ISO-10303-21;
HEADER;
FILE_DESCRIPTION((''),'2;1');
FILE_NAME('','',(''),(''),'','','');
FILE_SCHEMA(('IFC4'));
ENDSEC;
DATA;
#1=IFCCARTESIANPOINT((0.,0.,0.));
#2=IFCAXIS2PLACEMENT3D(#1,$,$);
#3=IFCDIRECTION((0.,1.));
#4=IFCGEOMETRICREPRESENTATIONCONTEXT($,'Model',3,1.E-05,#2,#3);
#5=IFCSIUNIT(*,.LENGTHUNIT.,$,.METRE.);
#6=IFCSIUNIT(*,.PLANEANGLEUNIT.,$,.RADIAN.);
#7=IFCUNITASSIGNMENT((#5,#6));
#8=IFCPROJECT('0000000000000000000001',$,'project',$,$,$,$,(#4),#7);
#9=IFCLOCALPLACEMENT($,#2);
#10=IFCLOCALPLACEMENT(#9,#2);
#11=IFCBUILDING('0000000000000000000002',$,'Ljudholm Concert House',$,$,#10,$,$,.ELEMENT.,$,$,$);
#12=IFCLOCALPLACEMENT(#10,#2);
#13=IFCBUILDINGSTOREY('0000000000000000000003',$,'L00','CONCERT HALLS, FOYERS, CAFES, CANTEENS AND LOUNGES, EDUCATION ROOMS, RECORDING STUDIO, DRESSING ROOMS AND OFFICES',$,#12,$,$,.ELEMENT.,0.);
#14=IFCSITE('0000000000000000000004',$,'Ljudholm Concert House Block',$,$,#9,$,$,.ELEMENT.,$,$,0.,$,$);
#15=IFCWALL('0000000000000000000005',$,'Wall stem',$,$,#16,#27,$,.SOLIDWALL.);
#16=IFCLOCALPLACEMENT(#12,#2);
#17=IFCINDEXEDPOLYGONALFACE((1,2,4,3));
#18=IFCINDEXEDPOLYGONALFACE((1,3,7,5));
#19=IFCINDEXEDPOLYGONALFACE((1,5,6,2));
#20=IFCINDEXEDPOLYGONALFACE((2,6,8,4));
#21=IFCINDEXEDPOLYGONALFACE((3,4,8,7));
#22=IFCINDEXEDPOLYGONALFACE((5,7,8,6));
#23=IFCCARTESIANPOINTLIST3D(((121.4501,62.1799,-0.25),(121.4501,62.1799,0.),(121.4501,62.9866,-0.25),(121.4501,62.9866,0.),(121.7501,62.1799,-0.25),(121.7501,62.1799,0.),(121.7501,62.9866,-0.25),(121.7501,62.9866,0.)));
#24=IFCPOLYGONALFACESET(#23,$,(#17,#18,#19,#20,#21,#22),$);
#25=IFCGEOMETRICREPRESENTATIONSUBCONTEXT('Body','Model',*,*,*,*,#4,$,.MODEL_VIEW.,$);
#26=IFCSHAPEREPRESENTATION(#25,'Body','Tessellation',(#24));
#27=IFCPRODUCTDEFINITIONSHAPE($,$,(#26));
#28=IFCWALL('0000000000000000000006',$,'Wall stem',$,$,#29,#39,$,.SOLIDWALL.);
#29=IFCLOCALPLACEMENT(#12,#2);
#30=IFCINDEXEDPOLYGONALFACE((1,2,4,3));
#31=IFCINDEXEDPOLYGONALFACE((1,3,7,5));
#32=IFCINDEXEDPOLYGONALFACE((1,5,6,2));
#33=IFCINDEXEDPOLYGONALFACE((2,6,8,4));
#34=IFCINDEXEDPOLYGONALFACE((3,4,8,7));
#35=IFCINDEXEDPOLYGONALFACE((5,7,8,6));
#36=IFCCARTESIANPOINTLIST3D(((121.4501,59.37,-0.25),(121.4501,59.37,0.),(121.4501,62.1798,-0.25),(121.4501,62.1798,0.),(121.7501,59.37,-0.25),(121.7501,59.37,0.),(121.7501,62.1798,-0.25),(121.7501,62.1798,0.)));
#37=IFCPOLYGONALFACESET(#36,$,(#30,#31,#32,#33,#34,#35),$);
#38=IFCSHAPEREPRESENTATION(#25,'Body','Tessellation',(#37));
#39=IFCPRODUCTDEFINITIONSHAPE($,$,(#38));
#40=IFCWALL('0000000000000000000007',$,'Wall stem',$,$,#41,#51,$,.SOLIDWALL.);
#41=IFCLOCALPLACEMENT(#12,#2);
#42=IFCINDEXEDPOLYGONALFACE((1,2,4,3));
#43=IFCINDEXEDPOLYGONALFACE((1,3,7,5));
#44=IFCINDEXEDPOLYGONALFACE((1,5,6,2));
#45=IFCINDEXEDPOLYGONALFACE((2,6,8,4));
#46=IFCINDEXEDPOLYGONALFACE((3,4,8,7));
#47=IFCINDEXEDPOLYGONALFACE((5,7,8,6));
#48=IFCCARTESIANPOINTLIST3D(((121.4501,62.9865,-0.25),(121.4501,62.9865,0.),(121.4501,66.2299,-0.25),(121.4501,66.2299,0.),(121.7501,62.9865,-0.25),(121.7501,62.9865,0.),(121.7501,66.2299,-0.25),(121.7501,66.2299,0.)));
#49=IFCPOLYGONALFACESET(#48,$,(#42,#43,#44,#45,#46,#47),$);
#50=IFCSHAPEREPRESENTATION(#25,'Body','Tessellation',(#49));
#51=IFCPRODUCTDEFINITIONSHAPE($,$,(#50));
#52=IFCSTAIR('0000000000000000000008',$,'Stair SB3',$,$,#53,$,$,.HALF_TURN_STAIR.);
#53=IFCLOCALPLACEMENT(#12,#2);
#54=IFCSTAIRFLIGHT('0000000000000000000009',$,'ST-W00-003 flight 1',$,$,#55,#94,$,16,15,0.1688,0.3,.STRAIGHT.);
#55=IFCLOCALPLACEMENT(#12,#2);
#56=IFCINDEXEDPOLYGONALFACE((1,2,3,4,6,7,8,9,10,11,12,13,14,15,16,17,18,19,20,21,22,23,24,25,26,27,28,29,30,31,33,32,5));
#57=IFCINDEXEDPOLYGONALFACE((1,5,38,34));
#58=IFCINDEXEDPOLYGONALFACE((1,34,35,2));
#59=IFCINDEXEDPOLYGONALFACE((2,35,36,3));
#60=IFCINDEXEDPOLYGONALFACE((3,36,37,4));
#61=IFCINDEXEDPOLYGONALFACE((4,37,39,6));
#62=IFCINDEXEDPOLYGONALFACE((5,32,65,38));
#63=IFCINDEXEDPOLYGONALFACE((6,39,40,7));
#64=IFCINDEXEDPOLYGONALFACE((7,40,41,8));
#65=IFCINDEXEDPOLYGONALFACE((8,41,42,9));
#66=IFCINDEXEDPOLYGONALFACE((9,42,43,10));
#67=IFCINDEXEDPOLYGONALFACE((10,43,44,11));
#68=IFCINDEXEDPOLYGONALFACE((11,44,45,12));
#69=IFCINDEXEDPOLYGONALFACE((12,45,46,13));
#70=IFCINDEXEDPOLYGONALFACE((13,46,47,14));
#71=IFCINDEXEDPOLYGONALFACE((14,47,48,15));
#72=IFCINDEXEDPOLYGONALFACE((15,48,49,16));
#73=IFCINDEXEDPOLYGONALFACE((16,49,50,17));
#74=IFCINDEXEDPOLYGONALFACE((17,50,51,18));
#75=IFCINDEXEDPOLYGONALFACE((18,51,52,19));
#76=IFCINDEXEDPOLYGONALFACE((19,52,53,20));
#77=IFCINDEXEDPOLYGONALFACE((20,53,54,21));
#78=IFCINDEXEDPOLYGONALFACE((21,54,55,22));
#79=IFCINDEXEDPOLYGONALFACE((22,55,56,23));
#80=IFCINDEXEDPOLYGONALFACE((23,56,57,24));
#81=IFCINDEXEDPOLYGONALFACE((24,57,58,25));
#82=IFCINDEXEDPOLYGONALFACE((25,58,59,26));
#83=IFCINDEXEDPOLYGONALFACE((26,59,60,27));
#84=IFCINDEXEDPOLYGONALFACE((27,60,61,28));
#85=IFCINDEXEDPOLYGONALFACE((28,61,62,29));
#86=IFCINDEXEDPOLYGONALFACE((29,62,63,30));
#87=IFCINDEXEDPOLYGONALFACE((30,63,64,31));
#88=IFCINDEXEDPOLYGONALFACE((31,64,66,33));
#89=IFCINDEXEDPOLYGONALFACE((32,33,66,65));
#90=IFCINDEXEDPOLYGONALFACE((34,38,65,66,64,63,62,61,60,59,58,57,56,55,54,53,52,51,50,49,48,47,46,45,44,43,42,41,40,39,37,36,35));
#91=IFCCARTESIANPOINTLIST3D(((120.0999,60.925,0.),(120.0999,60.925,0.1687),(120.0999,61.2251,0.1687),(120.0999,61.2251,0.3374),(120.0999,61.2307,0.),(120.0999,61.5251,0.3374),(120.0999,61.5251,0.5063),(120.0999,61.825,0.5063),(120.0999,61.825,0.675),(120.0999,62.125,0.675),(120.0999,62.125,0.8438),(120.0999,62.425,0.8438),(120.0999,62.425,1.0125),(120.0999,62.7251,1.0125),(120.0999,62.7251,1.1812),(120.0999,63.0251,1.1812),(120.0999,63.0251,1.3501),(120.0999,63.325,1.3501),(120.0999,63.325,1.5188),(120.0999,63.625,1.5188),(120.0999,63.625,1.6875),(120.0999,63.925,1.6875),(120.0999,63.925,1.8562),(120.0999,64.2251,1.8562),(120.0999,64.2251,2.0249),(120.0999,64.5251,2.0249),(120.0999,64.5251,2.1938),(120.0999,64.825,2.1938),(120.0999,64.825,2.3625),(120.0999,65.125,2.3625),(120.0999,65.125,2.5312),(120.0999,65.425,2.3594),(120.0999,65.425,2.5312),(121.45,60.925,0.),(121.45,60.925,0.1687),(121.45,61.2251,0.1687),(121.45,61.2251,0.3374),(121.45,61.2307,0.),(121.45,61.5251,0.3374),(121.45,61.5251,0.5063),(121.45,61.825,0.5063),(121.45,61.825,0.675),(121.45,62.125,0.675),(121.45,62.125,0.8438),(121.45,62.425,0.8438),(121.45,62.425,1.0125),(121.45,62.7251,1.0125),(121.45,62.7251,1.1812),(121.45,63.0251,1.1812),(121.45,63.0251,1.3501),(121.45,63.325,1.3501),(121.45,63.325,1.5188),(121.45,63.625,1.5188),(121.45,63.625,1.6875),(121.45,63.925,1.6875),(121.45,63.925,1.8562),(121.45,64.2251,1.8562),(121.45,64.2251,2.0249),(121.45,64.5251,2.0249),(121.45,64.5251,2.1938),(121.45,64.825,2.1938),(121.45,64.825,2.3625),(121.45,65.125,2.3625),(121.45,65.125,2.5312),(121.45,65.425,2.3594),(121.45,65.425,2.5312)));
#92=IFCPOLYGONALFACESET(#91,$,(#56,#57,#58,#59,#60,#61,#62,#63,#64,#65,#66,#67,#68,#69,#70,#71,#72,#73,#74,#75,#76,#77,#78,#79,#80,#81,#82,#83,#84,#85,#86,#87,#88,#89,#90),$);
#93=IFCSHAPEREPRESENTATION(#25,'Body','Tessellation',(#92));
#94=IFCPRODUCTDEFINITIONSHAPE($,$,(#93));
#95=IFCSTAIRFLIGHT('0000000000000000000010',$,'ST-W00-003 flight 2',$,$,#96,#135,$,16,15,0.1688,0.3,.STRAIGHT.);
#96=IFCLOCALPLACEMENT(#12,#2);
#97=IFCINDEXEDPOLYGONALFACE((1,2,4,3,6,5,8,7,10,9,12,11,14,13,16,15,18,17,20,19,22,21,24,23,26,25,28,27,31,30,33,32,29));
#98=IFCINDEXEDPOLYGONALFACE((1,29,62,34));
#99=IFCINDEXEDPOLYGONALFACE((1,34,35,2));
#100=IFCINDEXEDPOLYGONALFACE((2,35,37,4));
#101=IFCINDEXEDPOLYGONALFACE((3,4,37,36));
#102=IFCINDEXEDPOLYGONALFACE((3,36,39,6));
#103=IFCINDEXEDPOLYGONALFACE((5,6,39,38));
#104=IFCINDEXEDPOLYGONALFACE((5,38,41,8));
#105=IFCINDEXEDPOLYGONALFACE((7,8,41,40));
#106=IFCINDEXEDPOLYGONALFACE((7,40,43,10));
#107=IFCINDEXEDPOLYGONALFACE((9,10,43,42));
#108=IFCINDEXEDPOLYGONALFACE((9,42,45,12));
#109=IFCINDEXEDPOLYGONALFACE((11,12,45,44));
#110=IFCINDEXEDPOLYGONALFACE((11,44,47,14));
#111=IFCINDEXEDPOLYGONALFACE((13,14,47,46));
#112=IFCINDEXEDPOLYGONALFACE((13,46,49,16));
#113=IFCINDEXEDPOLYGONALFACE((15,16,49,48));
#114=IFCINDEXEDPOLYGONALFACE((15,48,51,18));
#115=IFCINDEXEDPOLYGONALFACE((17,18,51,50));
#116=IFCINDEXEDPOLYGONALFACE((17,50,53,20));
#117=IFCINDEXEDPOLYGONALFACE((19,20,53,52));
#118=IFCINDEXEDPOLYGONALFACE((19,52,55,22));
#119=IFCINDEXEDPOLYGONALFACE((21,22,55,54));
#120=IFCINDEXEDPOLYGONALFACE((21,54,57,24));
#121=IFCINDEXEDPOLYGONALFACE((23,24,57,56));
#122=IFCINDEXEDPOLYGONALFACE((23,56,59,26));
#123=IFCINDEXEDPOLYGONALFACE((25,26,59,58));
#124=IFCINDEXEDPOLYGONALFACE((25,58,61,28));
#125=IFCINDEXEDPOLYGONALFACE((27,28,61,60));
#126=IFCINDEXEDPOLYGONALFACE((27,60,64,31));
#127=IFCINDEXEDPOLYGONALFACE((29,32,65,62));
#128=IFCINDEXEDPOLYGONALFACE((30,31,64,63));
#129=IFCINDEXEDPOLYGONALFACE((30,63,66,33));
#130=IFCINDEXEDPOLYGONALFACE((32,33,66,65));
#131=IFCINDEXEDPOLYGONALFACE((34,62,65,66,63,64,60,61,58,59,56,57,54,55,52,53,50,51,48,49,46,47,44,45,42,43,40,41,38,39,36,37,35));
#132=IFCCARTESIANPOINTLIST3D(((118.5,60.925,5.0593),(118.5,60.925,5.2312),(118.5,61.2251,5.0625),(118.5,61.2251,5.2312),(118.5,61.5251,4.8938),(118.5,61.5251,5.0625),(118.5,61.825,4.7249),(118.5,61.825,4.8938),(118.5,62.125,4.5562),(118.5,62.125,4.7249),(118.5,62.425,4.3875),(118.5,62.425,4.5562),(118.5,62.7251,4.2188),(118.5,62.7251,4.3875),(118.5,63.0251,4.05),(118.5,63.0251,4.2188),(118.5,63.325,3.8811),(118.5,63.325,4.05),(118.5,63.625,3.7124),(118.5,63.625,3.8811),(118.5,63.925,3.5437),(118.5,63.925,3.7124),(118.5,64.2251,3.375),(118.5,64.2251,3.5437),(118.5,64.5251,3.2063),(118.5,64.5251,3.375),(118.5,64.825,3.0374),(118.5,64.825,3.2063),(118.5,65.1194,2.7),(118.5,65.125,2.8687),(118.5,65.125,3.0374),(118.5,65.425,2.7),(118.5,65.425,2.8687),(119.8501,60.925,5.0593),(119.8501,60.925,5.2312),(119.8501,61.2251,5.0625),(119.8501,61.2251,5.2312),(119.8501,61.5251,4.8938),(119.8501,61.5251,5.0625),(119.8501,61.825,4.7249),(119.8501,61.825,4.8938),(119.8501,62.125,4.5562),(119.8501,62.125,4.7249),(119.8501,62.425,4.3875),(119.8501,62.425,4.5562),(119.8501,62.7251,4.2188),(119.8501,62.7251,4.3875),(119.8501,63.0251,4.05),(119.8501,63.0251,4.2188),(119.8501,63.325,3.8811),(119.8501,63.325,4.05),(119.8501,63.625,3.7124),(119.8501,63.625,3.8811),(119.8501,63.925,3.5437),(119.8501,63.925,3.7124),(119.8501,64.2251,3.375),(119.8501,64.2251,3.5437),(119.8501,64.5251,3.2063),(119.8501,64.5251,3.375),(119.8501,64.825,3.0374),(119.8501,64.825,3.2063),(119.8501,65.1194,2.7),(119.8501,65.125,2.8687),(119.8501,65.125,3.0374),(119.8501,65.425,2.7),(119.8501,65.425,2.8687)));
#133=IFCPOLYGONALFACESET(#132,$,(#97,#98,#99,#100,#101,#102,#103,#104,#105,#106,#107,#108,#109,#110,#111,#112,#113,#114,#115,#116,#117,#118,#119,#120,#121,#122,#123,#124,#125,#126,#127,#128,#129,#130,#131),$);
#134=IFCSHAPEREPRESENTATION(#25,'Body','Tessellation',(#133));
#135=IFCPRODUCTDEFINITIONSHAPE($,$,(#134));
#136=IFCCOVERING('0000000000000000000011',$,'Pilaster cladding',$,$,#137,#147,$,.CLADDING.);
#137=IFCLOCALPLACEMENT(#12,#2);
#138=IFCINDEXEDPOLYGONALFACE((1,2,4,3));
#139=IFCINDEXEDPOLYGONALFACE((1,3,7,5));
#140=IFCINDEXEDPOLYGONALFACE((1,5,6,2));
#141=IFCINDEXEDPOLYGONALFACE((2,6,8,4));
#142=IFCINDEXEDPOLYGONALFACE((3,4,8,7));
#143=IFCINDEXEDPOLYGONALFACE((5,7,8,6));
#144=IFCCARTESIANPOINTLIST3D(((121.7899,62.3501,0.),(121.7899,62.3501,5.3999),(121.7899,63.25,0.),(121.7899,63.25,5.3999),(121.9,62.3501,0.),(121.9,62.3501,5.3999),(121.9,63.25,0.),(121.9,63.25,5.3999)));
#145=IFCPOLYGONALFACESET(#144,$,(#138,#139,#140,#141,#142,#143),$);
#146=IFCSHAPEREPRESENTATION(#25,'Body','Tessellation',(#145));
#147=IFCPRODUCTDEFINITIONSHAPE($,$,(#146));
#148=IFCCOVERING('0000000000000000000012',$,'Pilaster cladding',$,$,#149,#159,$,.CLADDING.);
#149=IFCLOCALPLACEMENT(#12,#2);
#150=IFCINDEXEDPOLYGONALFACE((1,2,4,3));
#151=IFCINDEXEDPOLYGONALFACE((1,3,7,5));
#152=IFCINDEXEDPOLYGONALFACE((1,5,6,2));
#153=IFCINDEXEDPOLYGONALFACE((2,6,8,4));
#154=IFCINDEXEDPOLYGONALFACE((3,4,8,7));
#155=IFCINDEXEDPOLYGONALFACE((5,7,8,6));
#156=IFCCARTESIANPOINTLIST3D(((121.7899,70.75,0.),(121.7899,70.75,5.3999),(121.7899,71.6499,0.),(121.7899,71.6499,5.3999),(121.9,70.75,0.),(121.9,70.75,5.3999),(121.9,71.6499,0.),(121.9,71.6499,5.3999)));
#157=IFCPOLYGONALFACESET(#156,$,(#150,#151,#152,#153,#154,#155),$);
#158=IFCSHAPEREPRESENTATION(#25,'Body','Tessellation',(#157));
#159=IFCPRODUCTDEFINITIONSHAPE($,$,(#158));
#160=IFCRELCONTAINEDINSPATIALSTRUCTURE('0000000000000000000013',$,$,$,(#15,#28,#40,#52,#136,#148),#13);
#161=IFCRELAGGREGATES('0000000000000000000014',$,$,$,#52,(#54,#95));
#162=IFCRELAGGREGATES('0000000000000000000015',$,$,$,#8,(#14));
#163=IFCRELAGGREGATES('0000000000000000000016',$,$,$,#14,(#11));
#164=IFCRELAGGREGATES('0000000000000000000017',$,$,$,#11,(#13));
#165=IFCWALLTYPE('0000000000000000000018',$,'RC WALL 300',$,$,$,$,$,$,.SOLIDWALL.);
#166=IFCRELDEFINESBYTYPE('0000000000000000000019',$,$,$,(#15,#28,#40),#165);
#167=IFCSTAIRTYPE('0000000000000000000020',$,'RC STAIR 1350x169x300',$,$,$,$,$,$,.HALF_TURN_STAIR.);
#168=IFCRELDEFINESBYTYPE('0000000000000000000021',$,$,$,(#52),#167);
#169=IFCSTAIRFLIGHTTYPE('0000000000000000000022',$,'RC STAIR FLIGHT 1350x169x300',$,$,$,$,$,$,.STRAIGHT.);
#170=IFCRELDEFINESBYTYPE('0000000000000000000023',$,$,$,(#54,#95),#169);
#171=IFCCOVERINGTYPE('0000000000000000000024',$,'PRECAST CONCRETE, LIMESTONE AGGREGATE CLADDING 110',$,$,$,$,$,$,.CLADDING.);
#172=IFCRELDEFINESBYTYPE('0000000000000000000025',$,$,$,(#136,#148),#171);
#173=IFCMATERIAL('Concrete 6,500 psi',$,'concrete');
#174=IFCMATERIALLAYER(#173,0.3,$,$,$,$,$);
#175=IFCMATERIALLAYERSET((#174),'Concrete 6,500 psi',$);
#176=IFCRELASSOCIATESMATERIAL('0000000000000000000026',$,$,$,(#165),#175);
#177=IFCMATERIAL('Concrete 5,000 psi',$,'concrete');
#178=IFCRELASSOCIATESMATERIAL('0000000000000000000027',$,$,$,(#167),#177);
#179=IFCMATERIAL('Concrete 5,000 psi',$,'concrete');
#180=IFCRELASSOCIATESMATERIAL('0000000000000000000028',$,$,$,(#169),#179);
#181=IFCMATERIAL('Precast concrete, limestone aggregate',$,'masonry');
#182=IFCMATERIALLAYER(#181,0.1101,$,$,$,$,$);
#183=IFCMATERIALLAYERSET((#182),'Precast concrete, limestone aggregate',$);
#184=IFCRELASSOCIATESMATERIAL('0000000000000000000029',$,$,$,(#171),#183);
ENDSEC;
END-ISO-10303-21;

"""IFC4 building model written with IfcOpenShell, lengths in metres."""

from ifc_helpers import new_model, si_unit, direction, frame, frame_2d, origin, origin_2d, place, context, subcontext, project, spatial, polyline, rectangle, outline, extrude, material, layer, layer_set, type_object, element, aggregate, save


model = new_model("IFC4")

# Units and contexts
model_context = context("Model", 3, precision=1e-05, world=origin(), true_north=direction((0.0, 1.0)))
body_context = subcontext(model_context, "Body", "Model", "MODEL_VIEW")
ifc_project = project(units=[si_unit("LENGTHUNIT", "METRE"), si_unit("PLANEANGLEUNIT", "RADIAN")], contexts=[model_context])

# Site, building, storey
site_placement = place(None, origin())
site = spatial("IfcSite", under=ifc_project, at=site_placement, Name="Ljudholm Concert House Block", CompositionType="ELEMENT", RefElevation=0.0)
building_placement = place(site_placement, origin())
building = spatial("IfcBuilding", under=site, at=building_placement, Name="Ljudholm Concert House", CompositionType="ELEMENT")
storey_placement = place(building_placement, origin())
storey = spatial("IfcBuildingStorey", under=building, at=storey_placement, Name="L00", Description="CONCERT HALLS, FOYERS, CAFES, CANTEENS AND LOUNGES, EDUCATION ROOMS, RECORDING STUDIO, DRESSING ROOMS AND OFFICES", CompositionType="ELEMENT", Elevation=0.0)

# Walls
ifc_material_1 = material(Name="Concrete 6,500 psi", Category="concrete")
ifc_layer_1 = layer(ifc_material_1, 0.3)
ifc_layer_set_1 = layer_set([ifc_layer_1], Name="Concrete 6,500 psi")
wall_type_1 = type_object("IfcWallType", Name="RC WALL 300", PredefinedType="SOLIDWALL", material=ifc_layer_set_1)
wall_1_placement = place(storey_placement, frame((121.6001, 62.1799, -0.25), z_axis=(0.0, 0.0, 1.0), x_axis=(0.0, 1.0, 0.0)))
element("IfcWall", 1, at=wall_1_placement, inside=storey, type_object=wall_type_1, Name="Wall stem", PredefinedType="SOLIDWALL", context=body_context, shape_type="SweptSolid", body=[
    extrude(rectangle(XDim=0.8066, YDim=0.3, at=frame_2d((0.4033, 0.0))), origin(), (0.0, 0.0, 1.0), 0.25),
])
wall_2_placement = place(storey_placement, frame((121.6001, 59.3701, -0.25), z_axis=(0.0, 0.0, 1.0), x_axis=(0.0, 1.0, 0.0)))
element("IfcWall", 2, at=wall_2_placement, inside=storey, type_object=wall_type_1, Name="Wall stem", PredefinedType="SOLIDWALL", context=body_context, shape_type="SweptSolid", body=[
    extrude(rectangle(XDim=2.8098, YDim=0.3, at=frame_2d((1.4048, 0.0))), origin(), (0.0, 0.0, 1.0), 0.25),
])
wall_3_placement = place(storey_placement, frame((121.6001, 62.9866, -0.25), z_axis=(0.0, 0.0, 1.0), x_axis=(0.0, 1.0, 0.0)))
element("IfcWall", 3, at=wall_3_placement, inside=storey, type_object=wall_type_1, Name="Wall stem", PredefinedType="SOLIDWALL", context=body_context, shape_type="SweptSolid", body=[
    extrude(rectangle(XDim=3.2434, YDim=0.3, at=frame_2d((1.6216, 0.0))), origin(), (0.0, 0.0, 1.0), 0.25),
])

# Stair, stair flights
ifc_material_2 = material(Name="Concrete 5,000 psi", Category="concrete")
stair_type = type_object("IfcStairType", Name="RC STAIR 1350x169x300", PredefinedType="HALF_TURN_STAIR", material=ifc_material_2)
stair_placement = place(storey_placement, origin())
stair = element("IfcStair", 4, at=stair_placement, inside=storey, type_object=stair_type, Name="Stair SB3", PredefinedType="HALF_TURN_STAIR")
ifc_material_3 = material(Name="Concrete 5,000 psi", Category="concrete")
stair_flight_type = type_object("IfcStairFlightType", Name="RC STAIR FLIGHT 1350x169x300", PredefinedType="STRAIGHT", material=ifc_material_3)
stair_flight_1_placement = place(storey_placement, frame((120.7749, 60.925, 0.0), z_axis=(0.0, 0.0, 1.0), x_axis=(0.0, 1.0, 0.0)))
stair_flight_1 = element("IfcStairFlight", 5, at=stair_flight_1_placement, type_object=stair_flight_type, Name="ST-W00-003 flight 1", NumberOfRisers=16, NumberOfTreads=15, PredefinedType="STRAIGHT", RiserHeight=0.1688, TreadLength=0.3, context=body_context, shape_type="SweptSolid", body=[
    extrude(outline(polyline([(0.0, 0.0), (0.0, 0.1687), (0.3, 0.1687), (0.3, 0.3374), (0.6001, 0.3374), (0.6001, 0.5063), (0.8999, 0.5063), (0.8999, 0.675), (1.2, 0.675), (1.2, 0.8438), (1.5, 0.8438), (1.5, 1.0125), (1.8, 1.0125), (1.8, 1.1812), (2.1001, 1.1812), (2.1001, 1.3501), (2.3999, 1.3501), (2.3999, 1.5188), (2.7, 1.5188), (2.7, 1.6875), (3.0, 1.6875), (3.0, 1.8562), (3.3, 1.8562), (3.3, 2.0249), (3.6001, 2.0249), (3.6001, 2.1938), (3.8999, 2.1938), (3.8999, 2.3625), (4.2, 2.3625), (4.2, 2.5312), (4.5, 2.5312), (4.5, 2.7), (4.5, 2.3594), (0.3057, 0.0), (0.0, 0.0)])), frame((0.0, 0.675, 0.0), z_axis=(0.0, -1.0, 0.0), x_axis=(1.0, 0.0, 0.0)), (0.0, 0.0, 1.0), 1.3501),
])
stair_flight_2_placement = place(storey_placement, frame((119.175, 65.425, 2.7), z_axis=(0.0, 0.0, 1.0), x_axis=(0.0, -1.0, 0.0)))
stair_flight_2 = element("IfcStairFlight", 6, at=stair_flight_2_placement, type_object=stair_flight_type, Name="ST-W00-003 flight 2", NumberOfRisers=16, NumberOfTreads=15, PredefinedType="STRAIGHT", RiserHeight=0.1688, TreadLength=0.3, context=body_context, shape_type="SweptSolid", body=[
    extrude(outline(polyline([(0.0, 0.0), (0.0, 0.1687), (0.3, 0.1687), (0.3, 0.3374), (0.6001, 0.3374), (0.6001, 0.5063), (0.8999, 0.5063), (0.8999, 0.675), (1.2, 0.675), (1.2, 0.8438), (1.5, 0.8438), (1.5, 1.0125), (1.8, 1.0125), (1.8, 1.1812), (2.1001, 1.1812), (2.1001, 1.3501), (2.3999, 1.3501), (2.3999, 1.5188), (2.7, 1.5188), (2.7, 1.6875), (3.0, 1.6875), (3.0, 1.8562), (3.3, 1.8562), (3.3, 2.0249), (3.6001, 2.0249), (3.6001, 2.1938), (3.8999, 2.1938), (3.8999, 2.3625), (4.2, 2.3625), (4.2, 2.5312), (4.5, 2.5312), (4.5, 2.7), (4.5, 2.3594), (0.3057, 0.0), (0.0, 0.0)])), frame((0.0, 0.675, 0.0), z_axis=(0.0, -1.0, 0.0), x_axis=(1.0, 0.0, 0.0)), (0.0, 0.0, 1.0), 1.3501),
])
aggregate(stair, [stair_flight_1, stair_flight_2])

# Coverings
ifc_material_4 = material(Name="Precast concrete, limestone aggregate", Category="masonry")
ifc_layer_2 = layer(ifc_material_4, 0.1101)
ifc_layer_set_2 = layer_set([ifc_layer_2], Name="Precast concrete, limestone aggregate")
covering_type = type_object("IfcCoveringType", Name="PRECAST CONCRETE, LIMESTONE AGGREGATE CLADDING 110", PredefinedType="CLADDING", material=ifc_layer_set_2)
for number, where, z_axis, x_axis, name in (
    (7, (121.845, 62.8, 0.0), (0.0, 0.0, 1.0), (1.0, 0.0, 0.0), "Pilaster cladding"),
    (8, (121.845, 71.2, 0.0), (0.0, 0.0, 1.0), (1.0, 0.0, 0.0), "Pilaster cladding"),
):
    element("IfcCovering", number, at=place(storey_placement, frame(where, z_axis=z_axis, x_axis=x_axis)), inside=storey, type_object=covering_type, Name=name, PredefinedType="CLADDING", context=body_context, shape_type="SweptSolid", body=[
        extrude(rectangle(XDim=0.1101, YDim=0.8999, at=origin_2d()), origin(), (0.0, 0.0, 1.0), 5.3999),
    ])

save(model, "model.ifc")
